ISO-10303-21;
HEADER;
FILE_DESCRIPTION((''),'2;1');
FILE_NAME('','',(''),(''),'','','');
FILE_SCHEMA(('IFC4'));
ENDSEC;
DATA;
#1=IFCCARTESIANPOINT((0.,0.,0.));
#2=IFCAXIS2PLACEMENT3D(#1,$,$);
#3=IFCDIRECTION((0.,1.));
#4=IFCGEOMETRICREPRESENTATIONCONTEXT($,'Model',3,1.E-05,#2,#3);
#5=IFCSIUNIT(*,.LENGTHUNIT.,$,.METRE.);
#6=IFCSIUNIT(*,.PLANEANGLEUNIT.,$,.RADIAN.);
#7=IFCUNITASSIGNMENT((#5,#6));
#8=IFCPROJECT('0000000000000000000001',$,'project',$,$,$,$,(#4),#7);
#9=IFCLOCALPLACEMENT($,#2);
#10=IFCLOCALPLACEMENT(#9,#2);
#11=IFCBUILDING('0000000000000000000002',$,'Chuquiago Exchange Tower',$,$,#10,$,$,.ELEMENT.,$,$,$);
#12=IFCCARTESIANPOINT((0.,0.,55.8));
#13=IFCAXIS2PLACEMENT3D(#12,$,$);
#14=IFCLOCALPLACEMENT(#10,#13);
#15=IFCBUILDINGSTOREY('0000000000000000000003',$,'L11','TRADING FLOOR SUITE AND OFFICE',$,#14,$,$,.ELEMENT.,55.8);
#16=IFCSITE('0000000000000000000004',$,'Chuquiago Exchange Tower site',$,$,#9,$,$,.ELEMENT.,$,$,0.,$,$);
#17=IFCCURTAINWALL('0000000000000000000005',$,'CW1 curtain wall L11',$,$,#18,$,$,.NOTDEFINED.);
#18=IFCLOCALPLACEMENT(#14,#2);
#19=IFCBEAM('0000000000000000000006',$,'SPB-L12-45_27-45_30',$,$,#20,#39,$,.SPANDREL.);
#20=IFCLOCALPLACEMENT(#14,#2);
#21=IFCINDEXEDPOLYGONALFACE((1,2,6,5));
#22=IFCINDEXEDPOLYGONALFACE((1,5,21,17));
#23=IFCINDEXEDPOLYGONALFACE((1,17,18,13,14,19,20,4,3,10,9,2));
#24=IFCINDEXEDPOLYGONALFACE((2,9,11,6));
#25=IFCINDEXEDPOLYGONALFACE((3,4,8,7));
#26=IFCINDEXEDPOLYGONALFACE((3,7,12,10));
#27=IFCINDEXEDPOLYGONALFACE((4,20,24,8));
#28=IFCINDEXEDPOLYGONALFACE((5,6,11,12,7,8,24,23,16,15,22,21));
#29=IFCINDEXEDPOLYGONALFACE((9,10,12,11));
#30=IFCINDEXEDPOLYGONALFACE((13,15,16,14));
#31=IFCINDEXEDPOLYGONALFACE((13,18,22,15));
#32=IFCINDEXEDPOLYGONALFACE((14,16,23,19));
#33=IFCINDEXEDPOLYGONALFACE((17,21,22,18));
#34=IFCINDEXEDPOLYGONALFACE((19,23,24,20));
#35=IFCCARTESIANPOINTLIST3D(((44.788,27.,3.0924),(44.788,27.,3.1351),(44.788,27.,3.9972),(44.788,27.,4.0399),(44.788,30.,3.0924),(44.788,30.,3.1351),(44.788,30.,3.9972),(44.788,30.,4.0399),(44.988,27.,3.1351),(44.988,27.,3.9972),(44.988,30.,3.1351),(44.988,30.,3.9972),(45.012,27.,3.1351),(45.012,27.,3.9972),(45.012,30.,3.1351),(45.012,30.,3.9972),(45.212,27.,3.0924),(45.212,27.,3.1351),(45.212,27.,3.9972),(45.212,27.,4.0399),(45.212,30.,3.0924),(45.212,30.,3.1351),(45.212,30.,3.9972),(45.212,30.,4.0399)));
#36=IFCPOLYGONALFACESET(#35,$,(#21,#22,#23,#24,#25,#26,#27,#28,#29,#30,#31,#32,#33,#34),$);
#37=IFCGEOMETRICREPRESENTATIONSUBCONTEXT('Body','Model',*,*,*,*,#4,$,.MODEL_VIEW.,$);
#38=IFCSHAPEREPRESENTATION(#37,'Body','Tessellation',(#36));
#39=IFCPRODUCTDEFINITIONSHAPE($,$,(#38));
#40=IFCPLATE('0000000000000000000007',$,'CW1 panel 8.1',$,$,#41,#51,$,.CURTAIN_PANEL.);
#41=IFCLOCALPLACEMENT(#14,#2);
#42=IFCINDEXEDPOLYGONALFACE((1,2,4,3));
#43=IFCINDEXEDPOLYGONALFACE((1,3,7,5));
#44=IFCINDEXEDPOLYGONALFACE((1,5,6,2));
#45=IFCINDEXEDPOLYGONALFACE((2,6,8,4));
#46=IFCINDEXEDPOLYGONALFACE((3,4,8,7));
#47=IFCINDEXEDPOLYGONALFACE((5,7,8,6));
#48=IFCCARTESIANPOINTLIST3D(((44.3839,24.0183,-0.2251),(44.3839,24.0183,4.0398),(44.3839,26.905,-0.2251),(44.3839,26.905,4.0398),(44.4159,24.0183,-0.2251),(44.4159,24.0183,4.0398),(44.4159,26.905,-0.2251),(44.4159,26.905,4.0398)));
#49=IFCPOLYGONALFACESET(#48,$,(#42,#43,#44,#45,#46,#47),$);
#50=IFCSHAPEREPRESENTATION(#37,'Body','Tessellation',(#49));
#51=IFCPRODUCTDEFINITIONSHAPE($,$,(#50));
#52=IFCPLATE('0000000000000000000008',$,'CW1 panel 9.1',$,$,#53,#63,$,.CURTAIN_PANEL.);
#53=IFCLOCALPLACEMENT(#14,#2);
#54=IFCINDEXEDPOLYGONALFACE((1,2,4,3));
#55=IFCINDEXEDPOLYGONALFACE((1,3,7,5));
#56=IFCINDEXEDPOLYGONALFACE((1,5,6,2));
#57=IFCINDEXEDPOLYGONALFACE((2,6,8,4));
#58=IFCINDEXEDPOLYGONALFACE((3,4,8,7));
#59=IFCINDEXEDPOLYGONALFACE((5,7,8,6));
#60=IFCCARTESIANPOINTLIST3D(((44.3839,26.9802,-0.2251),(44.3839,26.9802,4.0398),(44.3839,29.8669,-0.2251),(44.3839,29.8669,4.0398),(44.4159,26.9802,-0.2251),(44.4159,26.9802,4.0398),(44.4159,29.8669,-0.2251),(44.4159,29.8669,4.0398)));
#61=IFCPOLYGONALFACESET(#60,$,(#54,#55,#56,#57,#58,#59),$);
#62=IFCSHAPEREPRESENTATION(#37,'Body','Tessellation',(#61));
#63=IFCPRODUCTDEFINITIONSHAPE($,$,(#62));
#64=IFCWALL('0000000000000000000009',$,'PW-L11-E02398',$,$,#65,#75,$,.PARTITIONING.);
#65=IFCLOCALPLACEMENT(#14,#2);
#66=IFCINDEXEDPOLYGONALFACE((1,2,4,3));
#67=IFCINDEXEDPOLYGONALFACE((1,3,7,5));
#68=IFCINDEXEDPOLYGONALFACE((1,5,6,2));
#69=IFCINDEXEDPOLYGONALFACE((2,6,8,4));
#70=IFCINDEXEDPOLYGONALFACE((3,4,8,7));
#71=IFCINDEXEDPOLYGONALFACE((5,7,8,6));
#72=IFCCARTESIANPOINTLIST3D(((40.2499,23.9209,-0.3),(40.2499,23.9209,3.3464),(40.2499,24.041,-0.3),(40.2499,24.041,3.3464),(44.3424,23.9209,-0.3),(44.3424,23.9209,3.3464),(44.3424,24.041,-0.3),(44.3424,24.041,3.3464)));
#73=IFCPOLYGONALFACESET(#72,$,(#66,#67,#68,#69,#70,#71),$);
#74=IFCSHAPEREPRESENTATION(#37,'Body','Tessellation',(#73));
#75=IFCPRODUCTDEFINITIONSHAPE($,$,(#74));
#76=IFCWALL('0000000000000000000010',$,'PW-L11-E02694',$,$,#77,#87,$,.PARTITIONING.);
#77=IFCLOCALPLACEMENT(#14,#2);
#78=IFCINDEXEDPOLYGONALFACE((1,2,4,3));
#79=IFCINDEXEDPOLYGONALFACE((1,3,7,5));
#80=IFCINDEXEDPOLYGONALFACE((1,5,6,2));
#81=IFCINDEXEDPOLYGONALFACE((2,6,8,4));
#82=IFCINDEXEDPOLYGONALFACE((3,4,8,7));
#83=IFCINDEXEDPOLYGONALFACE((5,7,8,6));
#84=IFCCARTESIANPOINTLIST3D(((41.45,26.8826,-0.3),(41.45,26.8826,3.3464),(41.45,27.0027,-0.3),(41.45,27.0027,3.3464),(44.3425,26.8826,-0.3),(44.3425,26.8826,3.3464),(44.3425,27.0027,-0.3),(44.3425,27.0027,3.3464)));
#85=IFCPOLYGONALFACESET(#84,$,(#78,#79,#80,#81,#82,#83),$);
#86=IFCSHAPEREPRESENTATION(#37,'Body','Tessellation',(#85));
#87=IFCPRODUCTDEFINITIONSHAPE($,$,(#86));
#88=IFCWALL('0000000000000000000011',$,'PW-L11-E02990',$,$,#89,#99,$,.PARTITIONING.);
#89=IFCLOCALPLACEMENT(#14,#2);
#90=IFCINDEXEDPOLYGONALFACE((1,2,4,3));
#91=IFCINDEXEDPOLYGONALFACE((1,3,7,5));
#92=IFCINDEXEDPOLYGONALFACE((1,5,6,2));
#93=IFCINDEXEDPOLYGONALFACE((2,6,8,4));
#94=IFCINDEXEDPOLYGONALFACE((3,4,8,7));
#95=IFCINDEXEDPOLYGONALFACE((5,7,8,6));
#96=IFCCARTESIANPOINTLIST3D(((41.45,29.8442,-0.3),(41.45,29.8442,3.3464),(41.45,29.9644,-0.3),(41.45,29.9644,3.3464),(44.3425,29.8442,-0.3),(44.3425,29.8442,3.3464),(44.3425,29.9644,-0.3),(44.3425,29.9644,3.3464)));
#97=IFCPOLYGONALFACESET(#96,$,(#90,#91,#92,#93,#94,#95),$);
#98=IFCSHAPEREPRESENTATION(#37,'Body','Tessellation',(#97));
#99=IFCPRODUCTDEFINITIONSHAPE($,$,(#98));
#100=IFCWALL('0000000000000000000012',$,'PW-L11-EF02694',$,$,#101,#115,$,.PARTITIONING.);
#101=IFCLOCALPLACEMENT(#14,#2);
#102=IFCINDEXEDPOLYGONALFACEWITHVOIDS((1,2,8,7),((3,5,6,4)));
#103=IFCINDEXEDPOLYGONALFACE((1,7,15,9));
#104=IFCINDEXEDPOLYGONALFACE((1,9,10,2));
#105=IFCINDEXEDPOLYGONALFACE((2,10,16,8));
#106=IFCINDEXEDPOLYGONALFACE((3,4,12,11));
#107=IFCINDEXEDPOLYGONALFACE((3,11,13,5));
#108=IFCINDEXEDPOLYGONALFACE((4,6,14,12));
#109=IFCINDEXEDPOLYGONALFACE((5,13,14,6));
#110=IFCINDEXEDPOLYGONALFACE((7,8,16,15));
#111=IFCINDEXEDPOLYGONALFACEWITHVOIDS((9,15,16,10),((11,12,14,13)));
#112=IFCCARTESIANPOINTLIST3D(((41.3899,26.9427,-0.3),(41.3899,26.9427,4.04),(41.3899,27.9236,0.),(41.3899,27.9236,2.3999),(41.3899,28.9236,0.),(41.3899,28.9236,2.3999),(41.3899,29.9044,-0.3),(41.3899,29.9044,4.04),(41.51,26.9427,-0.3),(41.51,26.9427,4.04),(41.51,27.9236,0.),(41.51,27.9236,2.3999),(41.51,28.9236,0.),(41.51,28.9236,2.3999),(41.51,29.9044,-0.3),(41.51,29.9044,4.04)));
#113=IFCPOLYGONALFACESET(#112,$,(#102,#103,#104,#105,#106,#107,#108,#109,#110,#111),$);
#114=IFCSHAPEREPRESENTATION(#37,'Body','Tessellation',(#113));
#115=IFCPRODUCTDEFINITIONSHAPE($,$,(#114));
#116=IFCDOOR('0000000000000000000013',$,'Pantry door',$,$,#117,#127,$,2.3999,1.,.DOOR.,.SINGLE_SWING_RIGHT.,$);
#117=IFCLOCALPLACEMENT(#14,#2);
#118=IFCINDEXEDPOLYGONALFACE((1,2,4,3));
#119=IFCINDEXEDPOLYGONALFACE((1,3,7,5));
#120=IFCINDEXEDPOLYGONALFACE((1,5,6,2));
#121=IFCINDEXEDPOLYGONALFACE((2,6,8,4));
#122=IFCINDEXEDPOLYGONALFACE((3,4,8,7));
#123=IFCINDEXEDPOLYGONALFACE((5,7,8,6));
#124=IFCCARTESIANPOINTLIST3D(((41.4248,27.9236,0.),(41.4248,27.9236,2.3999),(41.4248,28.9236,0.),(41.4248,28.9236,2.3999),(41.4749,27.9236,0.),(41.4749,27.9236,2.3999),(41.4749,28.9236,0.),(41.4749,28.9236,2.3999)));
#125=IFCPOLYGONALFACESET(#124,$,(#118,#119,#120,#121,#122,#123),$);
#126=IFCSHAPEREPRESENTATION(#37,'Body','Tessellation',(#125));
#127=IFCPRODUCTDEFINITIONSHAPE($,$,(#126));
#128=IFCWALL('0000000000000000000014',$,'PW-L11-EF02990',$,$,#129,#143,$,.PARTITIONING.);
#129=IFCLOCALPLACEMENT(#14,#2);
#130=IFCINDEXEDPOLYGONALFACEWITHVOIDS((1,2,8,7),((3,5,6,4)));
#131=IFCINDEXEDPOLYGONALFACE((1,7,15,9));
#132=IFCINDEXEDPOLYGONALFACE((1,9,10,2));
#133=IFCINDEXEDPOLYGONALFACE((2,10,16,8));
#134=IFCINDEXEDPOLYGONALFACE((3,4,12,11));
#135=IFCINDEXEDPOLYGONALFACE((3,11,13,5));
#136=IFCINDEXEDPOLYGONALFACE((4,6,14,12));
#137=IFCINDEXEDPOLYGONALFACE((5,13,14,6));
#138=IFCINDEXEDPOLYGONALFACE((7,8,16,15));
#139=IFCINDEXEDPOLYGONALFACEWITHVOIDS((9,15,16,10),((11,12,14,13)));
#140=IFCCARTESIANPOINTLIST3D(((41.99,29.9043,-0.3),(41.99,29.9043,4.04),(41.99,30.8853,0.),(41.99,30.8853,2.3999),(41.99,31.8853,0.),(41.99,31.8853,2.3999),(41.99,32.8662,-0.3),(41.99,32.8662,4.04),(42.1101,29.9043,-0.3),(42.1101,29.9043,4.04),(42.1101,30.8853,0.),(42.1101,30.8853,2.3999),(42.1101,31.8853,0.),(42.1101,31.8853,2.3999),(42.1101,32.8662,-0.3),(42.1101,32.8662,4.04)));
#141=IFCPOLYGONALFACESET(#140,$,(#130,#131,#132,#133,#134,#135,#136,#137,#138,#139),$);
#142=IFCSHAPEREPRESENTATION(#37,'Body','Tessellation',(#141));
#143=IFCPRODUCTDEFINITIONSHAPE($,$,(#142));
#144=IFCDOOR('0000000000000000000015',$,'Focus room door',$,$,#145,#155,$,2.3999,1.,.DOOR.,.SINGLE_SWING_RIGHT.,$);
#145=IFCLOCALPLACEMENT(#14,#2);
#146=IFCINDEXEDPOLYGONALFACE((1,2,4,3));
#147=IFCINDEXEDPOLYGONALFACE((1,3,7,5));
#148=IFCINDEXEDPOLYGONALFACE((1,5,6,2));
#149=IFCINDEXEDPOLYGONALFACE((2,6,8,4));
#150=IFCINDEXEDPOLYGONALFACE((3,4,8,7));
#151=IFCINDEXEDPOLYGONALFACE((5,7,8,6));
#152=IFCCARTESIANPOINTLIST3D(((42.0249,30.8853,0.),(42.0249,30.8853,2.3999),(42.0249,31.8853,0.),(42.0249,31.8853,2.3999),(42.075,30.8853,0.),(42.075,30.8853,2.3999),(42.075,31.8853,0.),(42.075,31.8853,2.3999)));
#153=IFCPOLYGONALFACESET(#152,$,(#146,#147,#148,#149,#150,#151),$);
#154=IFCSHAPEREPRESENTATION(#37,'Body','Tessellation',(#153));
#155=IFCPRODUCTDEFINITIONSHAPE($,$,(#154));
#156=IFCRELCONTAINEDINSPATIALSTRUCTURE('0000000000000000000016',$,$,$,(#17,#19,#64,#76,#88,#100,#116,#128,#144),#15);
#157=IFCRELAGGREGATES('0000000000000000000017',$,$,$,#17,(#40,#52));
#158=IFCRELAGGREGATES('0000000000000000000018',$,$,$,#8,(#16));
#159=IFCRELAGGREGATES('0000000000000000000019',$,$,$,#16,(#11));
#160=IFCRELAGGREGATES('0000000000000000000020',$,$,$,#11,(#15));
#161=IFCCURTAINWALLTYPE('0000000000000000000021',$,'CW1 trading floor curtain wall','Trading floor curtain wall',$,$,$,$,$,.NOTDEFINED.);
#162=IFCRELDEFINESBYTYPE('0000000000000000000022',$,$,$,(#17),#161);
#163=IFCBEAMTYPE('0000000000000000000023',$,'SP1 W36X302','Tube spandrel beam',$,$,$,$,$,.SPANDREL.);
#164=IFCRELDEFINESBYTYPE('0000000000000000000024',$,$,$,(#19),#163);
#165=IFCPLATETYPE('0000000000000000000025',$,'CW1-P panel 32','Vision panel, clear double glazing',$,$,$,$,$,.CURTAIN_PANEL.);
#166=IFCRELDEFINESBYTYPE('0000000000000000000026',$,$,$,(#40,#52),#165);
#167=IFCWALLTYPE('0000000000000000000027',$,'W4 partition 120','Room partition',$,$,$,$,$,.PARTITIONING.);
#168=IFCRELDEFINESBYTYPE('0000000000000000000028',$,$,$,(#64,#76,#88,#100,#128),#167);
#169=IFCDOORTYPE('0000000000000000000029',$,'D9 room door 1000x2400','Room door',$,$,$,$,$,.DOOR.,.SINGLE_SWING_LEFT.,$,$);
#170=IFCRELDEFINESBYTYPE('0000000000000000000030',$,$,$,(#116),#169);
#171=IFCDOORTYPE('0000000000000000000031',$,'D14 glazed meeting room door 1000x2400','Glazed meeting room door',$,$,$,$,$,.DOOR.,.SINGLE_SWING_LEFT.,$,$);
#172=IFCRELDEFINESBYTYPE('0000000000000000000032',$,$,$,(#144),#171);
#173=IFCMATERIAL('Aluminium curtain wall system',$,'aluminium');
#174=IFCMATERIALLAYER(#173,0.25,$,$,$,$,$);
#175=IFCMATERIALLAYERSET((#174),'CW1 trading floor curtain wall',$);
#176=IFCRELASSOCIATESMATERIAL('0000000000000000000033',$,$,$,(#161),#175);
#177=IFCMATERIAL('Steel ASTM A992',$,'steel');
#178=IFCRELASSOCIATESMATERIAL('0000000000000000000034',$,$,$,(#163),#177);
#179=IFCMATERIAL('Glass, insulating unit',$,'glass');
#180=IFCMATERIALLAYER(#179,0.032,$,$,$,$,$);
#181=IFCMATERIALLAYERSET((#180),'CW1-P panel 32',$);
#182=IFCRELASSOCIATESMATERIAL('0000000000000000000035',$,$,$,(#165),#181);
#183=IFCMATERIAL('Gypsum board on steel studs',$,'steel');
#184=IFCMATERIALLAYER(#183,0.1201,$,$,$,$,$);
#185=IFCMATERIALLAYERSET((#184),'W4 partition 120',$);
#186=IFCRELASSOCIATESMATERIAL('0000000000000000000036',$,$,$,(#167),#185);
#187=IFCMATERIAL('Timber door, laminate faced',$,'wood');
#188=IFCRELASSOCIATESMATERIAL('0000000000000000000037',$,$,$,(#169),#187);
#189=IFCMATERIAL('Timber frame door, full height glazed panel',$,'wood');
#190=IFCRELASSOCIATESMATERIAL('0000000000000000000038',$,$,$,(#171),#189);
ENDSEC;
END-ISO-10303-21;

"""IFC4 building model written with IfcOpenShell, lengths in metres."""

from ifc_helpers import new_model, si_unit, direction, frame, frame_2d, origin, origin_2d, place, context, subcontext, project, spatial, rectangle, i_section, extrude, material, layer, layer_set, material_profile, profile_set, type_object, element, fill, aggregate, save


model = new_model("IFC4")

# Units and contexts
model_context = context("Model", 3, precision=1e-05, world=origin(), true_north=direction((0.0, 1.0)))
body_context = subcontext(model_context, "Body", "Model", "MODEL_VIEW")
ifc_project = project(units=[si_unit("LENGTHUNIT", "METRE"), si_unit("PLANEANGLEUNIT", "RADIAN")], contexts=[model_context])

# Site, building, storey
site_placement = place(None, origin())
site = spatial("IfcSite", under=ifc_project, at=site_placement, Name="Chuquiago Exchange Tower site", CompositionType="ELEMENT", RefElevation=0.0)
building_placement = place(site_placement, origin())
building = spatial("IfcBuilding", under=site, at=building_placement, Name="Chuquiago Exchange Tower", CompositionType="ELEMENT")
storey_placement = place(building_placement, frame((0.0, 0.0, 55.8)))
storey = spatial("IfcBuildingStorey", under=building, at=storey_placement, Name="L11", Description="TRADING FLOOR SUITE AND OFFICE", CompositionType="ELEMENT", Elevation=55.8)

# Curtain wall
ifc_material_1 = material(Name="Aluminium curtain wall system", Category="aluminium")
ifc_layer_1 = layer(ifc_material_1, 0.25)
ifc_layer_set_1 = layer_set([ifc_layer_1], Name="CW1 trading floor curtain wall")
curtain_wall_type = type_object("IfcCurtainWallType", Name="CW1 trading floor curtain wall", Description="Trading floor curtain wall", PredefinedType="NOTDEFINED", material=ifc_layer_set_1)
curtain_wall_placement = place(storey_placement, origin())
curtain_wall = element("IfcCurtainWall", 1, at=curtain_wall_placement, inside=storey, type_object=curtain_wall_type, Name="CW1 curtain wall L11", PredefinedType="NOTDEFINED")

# Beam
ifc_material_2 = material(Name="Steel ASTM A992", Category="steel")
ifc_material_profile_1 = material_profile(ifc_material_2, i_section(OverallWidth=0.4241, OverallDepth=0.9475, WebThickness=0.0239, FlangeThickness=0.0427, at=origin_2d()), Name="W36X302")
ifc_profile_set_1 = profile_set([ifc_material_profile_1], Name="Steel ASTM A992")
beam_type = type_object("IfcBeamType", Name="SP1 W36X302", Description="Tube spandrel beam", PredefinedType="SPANDREL", material=ifc_profile_set_1)
for number, where, z_axis, x_axis, name in (
    (2, (45.0, 27.0, 3.5662), (0.0, 1.0, 0.0), (-1.0, 0.0, 0.0), "SPB-L12-45_27-45_30"),
):
    element("IfcBeam", number, at=place(storey_placement, frame(where, z_axis=z_axis, x_axis=x_axis)), inside=storey, type_object=beam_type, Name=name, PredefinedType="SPANDREL", context=body_context, shape_type="SweptSolid", body=[
        extrude(i_section(OverallWidth=0.4241, OverallDepth=0.9475, WebThickness=0.0239, FlangeThickness=0.0427, at=origin_2d()), origin(), (0.0, 0.0, 1.0), 3.0),
    ])

# Plates
ifc_material_3 = material(Name="Glass, insulating unit", Category="glass")
ifc_layer_2 = layer(ifc_material_3, 0.032)
ifc_layer_set_2 = layer_set([ifc_layer_2], Name="CW1-P panel 32")
plate_type = type_object("IfcPlateType", Name="CW1-P panel 32", Description="Vision panel, clear double glazing", PredefinedType="CURTAIN_PANEL", material=ifc_layer_set_2)
plate_1_placement = place(storey_placement, frame((44.3999, 25.4617, -0.2251), z_axis=(0.0, 0.0, 1.0), x_axis=(0.0, 1.0, 0.0)))
plate_1 = element("IfcPlate", 3, at=plate_1_placement, type_object=plate_type, Name="CW1 panel 8.1", PredefinedType="CURTAIN_PANEL", context=body_context, shape_type="SweptSolid", body=[
    extrude(rectangle(XDim=2.8867, YDim=0.032, at=origin_2d()), origin(), (0.0, 0.0, 1.0), 4.2649),
])
plate_2_placement = place(storey_placement, frame((44.3999, 28.4236, -0.2251), z_axis=(0.0, 0.0, 1.0), x_axis=(0.0, 1.0, 0.0)))
plate_2 = element("IfcPlate", 4, at=plate_2_placement, type_object=plate_type, Name="CW1 panel 9.1", PredefinedType="CURTAIN_PANEL", context=body_context, shape_type="SweptSolid", body=[
    extrude(rectangle(XDim=2.8867, YDim=0.032, at=origin_2d()), origin(), (0.0, 0.0, 1.0), 4.2649),
])
aggregate(curtain_wall, [plate_1, plate_2])

# Walls
ifc_material_4 = material(Name="Gypsum board on steel studs", Category="steel")
ifc_layer_3 = layer(ifc_material_4, 0.1201)
ifc_layer_set_3 = layer_set([ifc_layer_3], Name="W4 partition 120")
wall_type = type_object("IfcWallType", Name="W4 partition 120", Description="Room partition", PredefinedType="PARTITIONING", material=ifc_layer_set_3)
wall_1_placement = place(storey_placement, frame((44.3425, 23.981, -0.3), z_axis=(0.0, 0.0, 1.0), x_axis=(-1.0, 0.0, 0.0)))
element("IfcWall", 5, at=wall_1_placement, inside=storey, type_object=wall_type, Name="PW-L11-E02398", PredefinedType="PARTITIONING", context=body_context, shape_type="SweptSolid", body=[
    extrude(rectangle(XDim=4.0925, YDim=0.1201, at=frame_2d((2.0464, 0.0))), origin(), (0.0, 0.0, 1.0), 3.6465),
])
for number, where, z_axis, x_axis, name in (
    (6, (44.3425, 26.9426, -0.3), (0.0, 0.0, 1.0), (-1.0, 0.0, 0.0), "PW-L11-E02694"),
    (7, (44.3425, 29.9043, -0.3), (0.0, 0.0, 1.0), (-1.0, 0.0, 0.0), "PW-L11-E02990"),
):
    element("IfcWall", number, at=place(storey_placement, frame(where, z_axis=z_axis, x_axis=x_axis)), inside=storey, type_object=wall_type, Name=name, PredefinedType="PARTITIONING", context=body_context, shape_type="SweptSolid", body=[
        extrude(rectangle(XDim=2.8926, YDim=0.1201, at=frame_2d((1.4463, 0.0))), origin(), (0.0, 0.0, 1.0), 3.6465),
    ])

# Walls, openings, doors
wall_2_placement = place(storey_placement, frame((41.45, 26.9426, -0.3), z_axis=(0.0, 0.0, 1.0), x_axis=(0.0, 1.0, 0.0)))
wall_2 = element("IfcWall", 8, at=wall_2_placement, inside=storey, type_object=wall_type, Name="PW-L11-EF02694", PredefinedType="PARTITIONING", context=body_context, shape_type="SweptSolid", body=[
    extrude(rectangle(XDim=2.9617, YDim=0.1201, at=frame_2d((1.481, 0.0))), origin(), (0.0, 0.0, 1.0), 4.3401),
])
opening_1_placement = place(wall_2_placement, frame((0.981, 0.0, 0.3)))
opening_1 = element("IfcOpeningElement", 9, at=opening_1_placement, cuts=wall_2, PredefinedType="OPENING", context=body_context, shape_type="SweptSolid", body=[
    extrude(rectangle(XDim=1.0, YDim=2.3999, at=frame_2d((0.5, 1.2))), frame((0.0, 0.0701, 0.0), z_axis=(0.0, -1.0, 0.0), x_axis=(1.0, 0.0, 0.0)), (0.0, 0.0, 1.0), 0.1401),
])
ifc_material_5 = material(Name="Timber door, laminate faced", Category="wood")
door_type_1 = type_object("IfcDoorType", Name="D9 room door 1000x2400", Description="Room door", OperationType="SINGLE_SWING_LEFT", PredefinedType="DOOR", material=ifc_material_5)
door_1_placement = place(opening_1_placement, frame((1.0, 0.0, 0.0), z_axis=(0.0, 0.0, 1.0), x_axis=(-1.0, 0.0, 0.0)))
door_1 = element("IfcDoor", 10, at=door_1_placement, inside=storey, type_object=door_type_1, Name="Pantry door", OperationType="SINGLE_SWING_RIGHT", OverallHeight=2.3999, OverallWidth=1.0, PredefinedType="DOOR", context=body_context, shape_type="SweptSolid", body=[
    extrude(rectangle(XDim=1.0, YDim=2.3999, at=frame_2d((0.5, 1.2))), frame((0.0, 0.0249, 0.0), z_axis=(0.0, -1.0, 0.0), x_axis=(1.0, 0.0, 0.0)), (0.0, 0.0, 1.0), 0.05),
])
fill(opening_1, door_1)
wall_3_placement = place(storey_placement, frame((42.05, 29.9043, -0.3), z_axis=(0.0, 0.0, 1.0), x_axis=(0.0, 1.0, 0.0)))
wall_3 = element("IfcWall", 11, at=wall_3_placement, inside=storey, type_object=wall_type, Name="PW-L11-EF02990", PredefinedType="PARTITIONING", context=body_context, shape_type="SweptSolid", body=[
    extrude(rectangle(XDim=2.9619, YDim=0.1201, at=frame_2d((1.481, 0.0))), origin(), (0.0, 0.0, 1.0), 4.3401),
])
opening_2_placement = place(wall_3_placement, frame((0.981, 0.0, 0.3)))
opening_2 = element("IfcOpeningElement", 12, at=opening_2_placement, cuts=wall_3, PredefinedType="OPENING", context=body_context, shape_type="SweptSolid", body=[
    extrude(rectangle(XDim=1.0, YDim=2.3999, at=frame_2d((0.5, 1.2))), frame((0.0, 0.0701, 0.0), z_axis=(0.0, -1.0, 0.0), x_axis=(1.0, 0.0, 0.0)), (0.0, 0.0, 1.0), 0.1401),
])
ifc_material_6 = material(Name="Timber frame door, full height glazed panel", Category="wood")
door_type_2 = type_object("IfcDoorType", Name="D14 glazed meeting room door 1000x2400", Description="Glazed meeting room door", OperationType="SINGLE_SWING_LEFT", PredefinedType="DOOR", material=ifc_material_6)
door_2_placement = place(opening_2_placement, frame((1.0, 0.0, 0.0), z_axis=(0.0, 0.0, 1.0), x_axis=(-1.0, 0.0, 0.0)))
door_2 = element("IfcDoor", 13, at=door_2_placement, inside=storey, type_object=door_type_2, Name="Focus room door", OperationType="SINGLE_SWING_RIGHT", OverallHeight=2.3999, OverallWidth=1.0, PredefinedType="DOOR", context=body_context, shape_type="SweptSolid", body=[
    extrude(rectangle(XDim=1.0, YDim=2.3999, at=frame_2d((0.5, 1.2))), frame((0.0, 0.0249, 0.0), z_axis=(0.0, -1.0, 0.0), x_axis=(1.0, 0.0, 0.0)), (0.0, 0.0, 1.0), 0.05),
])
fill(opening_2, door_2)

save(model, "model.ifc")
